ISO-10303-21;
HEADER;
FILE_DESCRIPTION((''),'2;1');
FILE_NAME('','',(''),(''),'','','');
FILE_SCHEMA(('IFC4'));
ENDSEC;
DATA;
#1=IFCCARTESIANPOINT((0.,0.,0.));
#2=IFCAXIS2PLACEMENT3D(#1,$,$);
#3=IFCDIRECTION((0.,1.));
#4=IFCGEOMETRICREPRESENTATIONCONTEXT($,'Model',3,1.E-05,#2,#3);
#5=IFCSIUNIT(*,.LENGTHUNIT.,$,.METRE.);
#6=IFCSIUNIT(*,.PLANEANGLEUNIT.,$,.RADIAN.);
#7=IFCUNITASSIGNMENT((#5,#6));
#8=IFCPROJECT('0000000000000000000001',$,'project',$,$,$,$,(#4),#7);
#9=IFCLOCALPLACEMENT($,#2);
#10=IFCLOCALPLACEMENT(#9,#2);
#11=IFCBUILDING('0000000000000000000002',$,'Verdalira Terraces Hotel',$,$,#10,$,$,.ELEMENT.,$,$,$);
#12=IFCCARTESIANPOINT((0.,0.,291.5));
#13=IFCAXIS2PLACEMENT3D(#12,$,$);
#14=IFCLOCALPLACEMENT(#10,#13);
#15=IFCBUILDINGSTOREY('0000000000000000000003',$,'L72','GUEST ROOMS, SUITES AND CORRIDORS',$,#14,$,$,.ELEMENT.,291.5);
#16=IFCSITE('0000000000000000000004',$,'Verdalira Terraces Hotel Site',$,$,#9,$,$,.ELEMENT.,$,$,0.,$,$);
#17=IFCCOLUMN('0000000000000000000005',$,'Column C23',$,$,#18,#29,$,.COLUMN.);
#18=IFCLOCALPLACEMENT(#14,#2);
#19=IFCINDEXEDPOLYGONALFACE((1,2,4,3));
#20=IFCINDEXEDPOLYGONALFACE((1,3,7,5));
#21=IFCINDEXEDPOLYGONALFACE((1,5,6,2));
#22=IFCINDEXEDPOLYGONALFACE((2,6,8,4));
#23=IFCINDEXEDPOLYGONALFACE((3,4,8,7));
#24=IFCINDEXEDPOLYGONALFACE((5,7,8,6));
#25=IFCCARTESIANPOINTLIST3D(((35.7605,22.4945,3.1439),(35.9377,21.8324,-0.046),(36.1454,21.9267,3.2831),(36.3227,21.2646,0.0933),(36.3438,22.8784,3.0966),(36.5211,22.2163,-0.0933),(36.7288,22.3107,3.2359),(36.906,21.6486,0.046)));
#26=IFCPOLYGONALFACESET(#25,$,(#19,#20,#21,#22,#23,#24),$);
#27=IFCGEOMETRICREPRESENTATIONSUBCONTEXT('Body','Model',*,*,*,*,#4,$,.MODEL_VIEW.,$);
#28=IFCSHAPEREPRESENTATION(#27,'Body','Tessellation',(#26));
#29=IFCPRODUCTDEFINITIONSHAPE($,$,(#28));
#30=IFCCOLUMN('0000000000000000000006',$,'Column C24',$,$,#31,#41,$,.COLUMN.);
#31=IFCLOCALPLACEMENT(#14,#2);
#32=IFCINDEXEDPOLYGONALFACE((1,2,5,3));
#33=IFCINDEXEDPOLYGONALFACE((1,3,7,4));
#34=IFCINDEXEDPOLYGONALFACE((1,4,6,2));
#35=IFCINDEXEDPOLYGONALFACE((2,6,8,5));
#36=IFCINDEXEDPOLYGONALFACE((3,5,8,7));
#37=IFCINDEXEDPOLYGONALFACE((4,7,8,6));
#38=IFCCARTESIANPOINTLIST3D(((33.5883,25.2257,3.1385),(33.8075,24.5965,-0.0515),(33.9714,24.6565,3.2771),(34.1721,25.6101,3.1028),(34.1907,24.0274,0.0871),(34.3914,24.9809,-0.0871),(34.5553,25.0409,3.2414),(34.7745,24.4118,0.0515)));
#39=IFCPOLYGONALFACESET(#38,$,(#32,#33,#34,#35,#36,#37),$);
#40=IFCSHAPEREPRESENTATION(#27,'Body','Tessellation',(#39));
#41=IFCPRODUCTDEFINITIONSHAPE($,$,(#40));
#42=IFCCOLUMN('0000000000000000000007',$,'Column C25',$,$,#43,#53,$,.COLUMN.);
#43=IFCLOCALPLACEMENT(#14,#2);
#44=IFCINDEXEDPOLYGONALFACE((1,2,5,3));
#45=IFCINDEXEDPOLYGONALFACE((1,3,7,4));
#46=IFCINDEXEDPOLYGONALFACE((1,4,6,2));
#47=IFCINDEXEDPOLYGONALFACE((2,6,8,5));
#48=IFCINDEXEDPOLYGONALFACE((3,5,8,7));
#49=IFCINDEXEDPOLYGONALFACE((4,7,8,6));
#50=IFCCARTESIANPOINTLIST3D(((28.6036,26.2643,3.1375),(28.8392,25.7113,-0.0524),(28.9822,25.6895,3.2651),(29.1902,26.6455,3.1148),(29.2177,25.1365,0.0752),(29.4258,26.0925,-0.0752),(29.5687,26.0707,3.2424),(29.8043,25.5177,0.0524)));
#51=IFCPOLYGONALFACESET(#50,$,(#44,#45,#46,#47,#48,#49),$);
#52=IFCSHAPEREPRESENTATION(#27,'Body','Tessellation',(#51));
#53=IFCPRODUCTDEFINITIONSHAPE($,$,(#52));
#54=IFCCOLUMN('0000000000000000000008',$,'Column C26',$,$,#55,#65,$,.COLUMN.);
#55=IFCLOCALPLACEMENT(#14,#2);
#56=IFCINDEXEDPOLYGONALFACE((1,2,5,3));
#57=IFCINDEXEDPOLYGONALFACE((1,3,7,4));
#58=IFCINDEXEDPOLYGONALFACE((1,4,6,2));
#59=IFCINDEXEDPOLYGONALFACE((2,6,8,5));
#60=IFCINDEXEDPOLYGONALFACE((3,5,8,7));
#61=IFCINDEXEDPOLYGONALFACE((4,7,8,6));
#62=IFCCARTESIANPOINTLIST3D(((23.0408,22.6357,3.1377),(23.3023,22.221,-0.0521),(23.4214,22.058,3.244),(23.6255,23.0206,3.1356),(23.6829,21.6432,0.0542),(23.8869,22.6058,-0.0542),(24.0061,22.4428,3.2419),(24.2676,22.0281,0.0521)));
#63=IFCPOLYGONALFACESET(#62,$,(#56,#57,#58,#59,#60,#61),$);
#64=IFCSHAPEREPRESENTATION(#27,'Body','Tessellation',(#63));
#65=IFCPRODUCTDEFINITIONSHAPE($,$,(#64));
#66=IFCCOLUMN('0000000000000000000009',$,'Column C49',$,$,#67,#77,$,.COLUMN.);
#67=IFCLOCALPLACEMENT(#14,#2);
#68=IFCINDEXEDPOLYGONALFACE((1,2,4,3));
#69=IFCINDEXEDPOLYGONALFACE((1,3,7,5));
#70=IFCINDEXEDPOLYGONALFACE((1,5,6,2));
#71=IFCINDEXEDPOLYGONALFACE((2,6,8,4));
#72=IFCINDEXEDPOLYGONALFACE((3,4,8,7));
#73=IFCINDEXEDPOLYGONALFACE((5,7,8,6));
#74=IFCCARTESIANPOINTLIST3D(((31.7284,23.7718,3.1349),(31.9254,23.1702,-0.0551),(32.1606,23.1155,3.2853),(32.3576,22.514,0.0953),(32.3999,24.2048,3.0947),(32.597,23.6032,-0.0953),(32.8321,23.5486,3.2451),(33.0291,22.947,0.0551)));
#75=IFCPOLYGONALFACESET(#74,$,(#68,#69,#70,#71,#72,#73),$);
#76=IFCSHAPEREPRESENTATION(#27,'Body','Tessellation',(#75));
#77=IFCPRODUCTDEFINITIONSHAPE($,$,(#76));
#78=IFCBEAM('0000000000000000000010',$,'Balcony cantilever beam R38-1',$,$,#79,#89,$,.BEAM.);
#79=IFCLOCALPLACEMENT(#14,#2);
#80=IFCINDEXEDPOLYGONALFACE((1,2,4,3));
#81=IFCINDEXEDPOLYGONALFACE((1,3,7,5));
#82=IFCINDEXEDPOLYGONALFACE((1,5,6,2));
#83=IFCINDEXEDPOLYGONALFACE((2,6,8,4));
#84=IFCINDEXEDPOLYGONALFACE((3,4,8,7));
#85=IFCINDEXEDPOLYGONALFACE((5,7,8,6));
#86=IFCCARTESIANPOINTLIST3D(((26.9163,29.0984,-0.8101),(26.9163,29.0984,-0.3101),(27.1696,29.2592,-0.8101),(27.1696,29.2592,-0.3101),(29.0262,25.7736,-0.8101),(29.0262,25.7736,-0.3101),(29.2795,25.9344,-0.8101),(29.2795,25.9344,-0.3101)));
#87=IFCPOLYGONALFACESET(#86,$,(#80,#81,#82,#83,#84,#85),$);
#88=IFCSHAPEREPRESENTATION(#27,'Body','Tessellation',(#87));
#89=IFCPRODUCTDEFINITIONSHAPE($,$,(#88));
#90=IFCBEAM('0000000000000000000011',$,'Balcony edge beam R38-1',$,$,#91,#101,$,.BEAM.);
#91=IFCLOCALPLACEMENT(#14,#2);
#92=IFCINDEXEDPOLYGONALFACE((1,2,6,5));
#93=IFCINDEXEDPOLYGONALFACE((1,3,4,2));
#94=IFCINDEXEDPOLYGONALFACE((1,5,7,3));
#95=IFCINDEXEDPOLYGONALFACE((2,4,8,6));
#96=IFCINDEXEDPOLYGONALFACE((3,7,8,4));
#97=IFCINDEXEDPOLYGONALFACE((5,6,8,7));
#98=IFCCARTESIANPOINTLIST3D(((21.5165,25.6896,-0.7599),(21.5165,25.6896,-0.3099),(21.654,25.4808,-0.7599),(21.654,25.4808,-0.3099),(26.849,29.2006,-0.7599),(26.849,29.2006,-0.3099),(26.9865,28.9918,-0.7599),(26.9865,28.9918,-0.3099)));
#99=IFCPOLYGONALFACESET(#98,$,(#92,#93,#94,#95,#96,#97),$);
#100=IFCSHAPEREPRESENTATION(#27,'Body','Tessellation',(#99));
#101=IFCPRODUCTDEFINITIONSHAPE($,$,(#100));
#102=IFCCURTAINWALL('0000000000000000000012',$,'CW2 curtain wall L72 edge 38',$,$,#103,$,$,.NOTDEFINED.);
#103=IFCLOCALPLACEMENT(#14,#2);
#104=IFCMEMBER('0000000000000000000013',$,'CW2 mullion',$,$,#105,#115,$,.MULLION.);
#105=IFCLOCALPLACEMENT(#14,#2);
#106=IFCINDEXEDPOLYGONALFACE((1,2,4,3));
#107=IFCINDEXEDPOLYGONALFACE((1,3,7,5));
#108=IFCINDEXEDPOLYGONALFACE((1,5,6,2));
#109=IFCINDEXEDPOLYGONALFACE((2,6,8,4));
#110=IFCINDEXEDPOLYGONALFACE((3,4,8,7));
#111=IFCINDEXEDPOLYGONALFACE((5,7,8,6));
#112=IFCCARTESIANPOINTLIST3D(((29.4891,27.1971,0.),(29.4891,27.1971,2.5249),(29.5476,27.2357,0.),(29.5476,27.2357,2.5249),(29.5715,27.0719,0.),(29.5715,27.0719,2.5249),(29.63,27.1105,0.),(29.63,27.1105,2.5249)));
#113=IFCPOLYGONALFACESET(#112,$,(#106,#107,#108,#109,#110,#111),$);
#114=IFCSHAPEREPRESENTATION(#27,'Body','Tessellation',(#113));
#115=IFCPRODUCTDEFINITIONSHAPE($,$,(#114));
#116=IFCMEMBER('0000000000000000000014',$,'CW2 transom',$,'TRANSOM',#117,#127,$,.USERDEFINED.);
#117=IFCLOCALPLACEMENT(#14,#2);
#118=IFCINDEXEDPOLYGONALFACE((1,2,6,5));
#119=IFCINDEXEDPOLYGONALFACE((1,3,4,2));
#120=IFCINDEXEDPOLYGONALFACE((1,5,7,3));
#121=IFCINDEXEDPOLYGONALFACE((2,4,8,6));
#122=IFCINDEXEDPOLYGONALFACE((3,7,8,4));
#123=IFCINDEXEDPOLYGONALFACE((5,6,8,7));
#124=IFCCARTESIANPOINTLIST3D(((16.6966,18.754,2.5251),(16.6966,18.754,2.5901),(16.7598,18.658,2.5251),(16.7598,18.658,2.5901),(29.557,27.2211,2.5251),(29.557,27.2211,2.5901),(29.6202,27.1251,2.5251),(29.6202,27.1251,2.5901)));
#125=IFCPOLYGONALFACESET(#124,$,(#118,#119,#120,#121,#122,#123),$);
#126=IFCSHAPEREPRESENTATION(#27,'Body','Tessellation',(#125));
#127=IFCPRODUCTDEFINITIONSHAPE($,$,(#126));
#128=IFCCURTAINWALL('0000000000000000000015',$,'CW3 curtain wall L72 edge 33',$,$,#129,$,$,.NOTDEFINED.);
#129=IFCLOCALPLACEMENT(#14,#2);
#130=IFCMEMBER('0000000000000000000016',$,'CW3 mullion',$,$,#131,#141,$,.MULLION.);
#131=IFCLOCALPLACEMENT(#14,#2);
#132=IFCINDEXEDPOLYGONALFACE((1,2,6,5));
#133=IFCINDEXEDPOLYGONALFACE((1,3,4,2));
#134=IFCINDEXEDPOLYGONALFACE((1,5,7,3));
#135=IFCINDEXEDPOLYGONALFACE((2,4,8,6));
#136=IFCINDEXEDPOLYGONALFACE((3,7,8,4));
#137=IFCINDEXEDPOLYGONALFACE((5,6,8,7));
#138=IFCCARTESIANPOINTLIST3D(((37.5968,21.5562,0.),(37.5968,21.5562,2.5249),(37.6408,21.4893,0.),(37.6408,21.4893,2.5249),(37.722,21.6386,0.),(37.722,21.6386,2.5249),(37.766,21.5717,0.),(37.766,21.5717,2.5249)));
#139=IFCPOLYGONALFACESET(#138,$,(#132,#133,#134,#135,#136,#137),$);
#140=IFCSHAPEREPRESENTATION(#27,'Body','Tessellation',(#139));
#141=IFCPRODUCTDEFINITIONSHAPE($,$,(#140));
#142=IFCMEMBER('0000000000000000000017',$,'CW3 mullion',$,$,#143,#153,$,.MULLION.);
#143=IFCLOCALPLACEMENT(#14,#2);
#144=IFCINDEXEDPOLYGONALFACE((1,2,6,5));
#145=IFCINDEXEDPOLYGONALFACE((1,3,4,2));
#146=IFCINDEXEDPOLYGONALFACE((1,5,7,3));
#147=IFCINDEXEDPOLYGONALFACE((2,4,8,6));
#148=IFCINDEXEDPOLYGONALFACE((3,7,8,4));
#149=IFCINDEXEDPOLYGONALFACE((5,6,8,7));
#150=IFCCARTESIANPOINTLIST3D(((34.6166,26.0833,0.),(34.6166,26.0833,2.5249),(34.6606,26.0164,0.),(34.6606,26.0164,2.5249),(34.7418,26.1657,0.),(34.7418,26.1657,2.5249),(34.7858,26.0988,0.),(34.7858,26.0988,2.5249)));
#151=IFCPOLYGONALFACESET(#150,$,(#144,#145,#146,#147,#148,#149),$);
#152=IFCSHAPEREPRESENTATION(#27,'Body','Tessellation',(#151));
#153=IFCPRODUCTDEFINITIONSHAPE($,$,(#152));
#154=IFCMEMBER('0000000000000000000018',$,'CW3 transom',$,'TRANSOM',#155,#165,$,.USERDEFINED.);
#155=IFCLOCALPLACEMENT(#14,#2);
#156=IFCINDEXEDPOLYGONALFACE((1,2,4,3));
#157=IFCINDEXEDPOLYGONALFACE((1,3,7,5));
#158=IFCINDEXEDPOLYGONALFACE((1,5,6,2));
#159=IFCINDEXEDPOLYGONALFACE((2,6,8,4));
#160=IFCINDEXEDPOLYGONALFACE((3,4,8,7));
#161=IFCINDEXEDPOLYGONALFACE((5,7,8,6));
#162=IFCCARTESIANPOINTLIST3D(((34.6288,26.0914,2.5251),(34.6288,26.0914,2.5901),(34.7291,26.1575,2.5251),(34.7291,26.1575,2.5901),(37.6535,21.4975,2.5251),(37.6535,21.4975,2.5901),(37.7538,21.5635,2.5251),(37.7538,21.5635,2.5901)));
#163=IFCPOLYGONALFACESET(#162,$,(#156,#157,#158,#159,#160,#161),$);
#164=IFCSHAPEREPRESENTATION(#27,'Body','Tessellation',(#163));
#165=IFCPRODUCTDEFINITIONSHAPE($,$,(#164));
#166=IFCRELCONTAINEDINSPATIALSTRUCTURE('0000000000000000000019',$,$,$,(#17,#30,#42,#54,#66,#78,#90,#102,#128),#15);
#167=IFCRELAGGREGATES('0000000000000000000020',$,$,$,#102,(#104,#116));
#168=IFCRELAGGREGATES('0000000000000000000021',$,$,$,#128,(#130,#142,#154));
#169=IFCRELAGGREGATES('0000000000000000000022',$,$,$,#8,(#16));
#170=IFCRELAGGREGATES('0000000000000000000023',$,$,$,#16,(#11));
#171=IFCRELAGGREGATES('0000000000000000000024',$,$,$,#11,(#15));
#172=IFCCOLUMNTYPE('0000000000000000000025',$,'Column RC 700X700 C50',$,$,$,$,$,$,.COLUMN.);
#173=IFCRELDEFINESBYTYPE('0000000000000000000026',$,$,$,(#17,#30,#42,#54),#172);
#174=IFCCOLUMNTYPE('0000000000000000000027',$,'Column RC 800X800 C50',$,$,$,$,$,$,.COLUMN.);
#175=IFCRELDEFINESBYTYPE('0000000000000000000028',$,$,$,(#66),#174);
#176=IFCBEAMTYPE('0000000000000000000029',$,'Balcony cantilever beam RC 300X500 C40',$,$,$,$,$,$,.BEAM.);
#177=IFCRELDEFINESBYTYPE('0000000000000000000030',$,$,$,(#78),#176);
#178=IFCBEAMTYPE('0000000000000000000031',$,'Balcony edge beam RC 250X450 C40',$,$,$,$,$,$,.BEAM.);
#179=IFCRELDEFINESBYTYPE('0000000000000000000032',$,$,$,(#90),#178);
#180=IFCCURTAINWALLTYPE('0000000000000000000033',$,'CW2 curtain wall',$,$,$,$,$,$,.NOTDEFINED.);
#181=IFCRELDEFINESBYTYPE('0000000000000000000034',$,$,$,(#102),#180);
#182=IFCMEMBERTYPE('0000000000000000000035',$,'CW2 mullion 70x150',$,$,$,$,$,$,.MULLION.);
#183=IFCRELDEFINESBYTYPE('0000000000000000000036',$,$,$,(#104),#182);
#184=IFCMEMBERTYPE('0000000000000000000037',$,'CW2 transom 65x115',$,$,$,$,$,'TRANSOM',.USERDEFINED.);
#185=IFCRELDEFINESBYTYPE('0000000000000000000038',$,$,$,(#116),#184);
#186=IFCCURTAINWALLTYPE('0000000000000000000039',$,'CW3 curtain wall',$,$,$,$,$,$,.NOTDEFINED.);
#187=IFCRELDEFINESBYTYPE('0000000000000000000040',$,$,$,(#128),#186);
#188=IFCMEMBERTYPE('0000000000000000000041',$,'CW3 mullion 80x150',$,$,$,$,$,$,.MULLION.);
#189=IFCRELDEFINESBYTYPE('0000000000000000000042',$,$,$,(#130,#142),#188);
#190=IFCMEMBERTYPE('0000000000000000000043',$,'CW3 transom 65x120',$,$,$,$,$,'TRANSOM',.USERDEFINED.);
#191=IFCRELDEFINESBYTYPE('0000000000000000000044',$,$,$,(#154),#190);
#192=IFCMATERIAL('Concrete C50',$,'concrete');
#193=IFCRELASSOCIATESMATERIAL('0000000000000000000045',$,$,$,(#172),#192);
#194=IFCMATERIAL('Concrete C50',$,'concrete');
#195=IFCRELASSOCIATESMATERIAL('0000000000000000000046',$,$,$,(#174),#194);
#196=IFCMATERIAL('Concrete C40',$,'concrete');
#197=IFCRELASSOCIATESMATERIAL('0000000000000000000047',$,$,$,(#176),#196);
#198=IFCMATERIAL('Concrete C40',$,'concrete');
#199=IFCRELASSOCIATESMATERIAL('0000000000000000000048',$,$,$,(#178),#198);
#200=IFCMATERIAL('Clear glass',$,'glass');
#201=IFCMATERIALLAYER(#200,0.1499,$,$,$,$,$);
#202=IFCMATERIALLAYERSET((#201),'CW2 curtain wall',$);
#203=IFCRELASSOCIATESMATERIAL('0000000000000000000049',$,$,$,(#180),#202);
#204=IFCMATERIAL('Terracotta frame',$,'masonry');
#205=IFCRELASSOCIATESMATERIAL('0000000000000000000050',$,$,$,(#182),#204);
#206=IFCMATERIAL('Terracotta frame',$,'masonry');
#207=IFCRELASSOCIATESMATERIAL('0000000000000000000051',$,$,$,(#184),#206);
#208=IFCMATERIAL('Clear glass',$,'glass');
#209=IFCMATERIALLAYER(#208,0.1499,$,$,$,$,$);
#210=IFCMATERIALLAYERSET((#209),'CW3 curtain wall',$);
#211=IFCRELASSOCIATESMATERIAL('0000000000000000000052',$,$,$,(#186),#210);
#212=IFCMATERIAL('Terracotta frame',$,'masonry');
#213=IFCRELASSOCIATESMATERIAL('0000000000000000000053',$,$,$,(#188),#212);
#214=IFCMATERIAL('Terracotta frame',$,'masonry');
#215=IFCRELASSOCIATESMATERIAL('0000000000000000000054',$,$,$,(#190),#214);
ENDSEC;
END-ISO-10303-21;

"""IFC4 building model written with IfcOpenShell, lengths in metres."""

from ifc_helpers import new_model, si_unit, direction, frame, origin, origin_2d, place, context, subcontext, project, spatial, rectangle, extrude, material, layer, layer_set, material_profile, profile_set, type_object, element, aggregate, save


model = new_model("IFC4")

# Units and contexts
model_context = context("Model", 3, precision=1e-05, world=origin(), true_north=direction((0.0, 1.0)))
body_context = subcontext(model_context, "Body", "Model", "MODEL_VIEW")
ifc_project = project(units=[si_unit("LENGTHUNIT", "METRE"), si_unit("PLANEANGLEUNIT", "RADIAN")], contexts=[model_context])

# Site, building, storey
site_placement = place(None, origin())
site = spatial("IfcSite", under=ifc_project, at=site_placement, Name="Verdalira Terraces Hotel Site", CompositionType="ELEMENT", RefElevation=0.0)
building_placement = place(site_placement, origin())
building = spatial("IfcBuilding", under=site, at=building_placement, Name="Verdalira Terraces Hotel", CompositionType="ELEMENT")
storey_placement = place(building_placement, frame((0.0, 0.0, 291.5)))
storey = spatial("IfcBuildingStorey", under=building, at=storey_placement, Name="L72", Description="GUEST ROOMS, SUITES AND CORRIDORS", CompositionType="ELEMENT", Elevation=291.5)

# Columns
ifc_material_1 = material(Name="Concrete C50", Category="concrete")
ifc_material_profile_1 = material_profile(ifc_material_1, rectangle(XDim=0.7, YDim=0.7, at=origin_2d()), Name="RC 700X700")
ifc_profile_set_1 = profile_set([ifc_material_profile_1], Name="Concrete C50")
column_type_1 = type_object("IfcColumnType", Name="Column RC 700X700 C50", PredefinedType="COLUMN", material=ifc_profile_set_1)
column_1_placement = place(storey_placement, frame((36.4219, 21.7405, 0.0), z_axis=(-0.054324, 0.20293, 0.977685), x_axis=(-0.549975, 0.811146, -0.198922)))
element("IfcColumn", 1, at=column_1_placement, inside=storey, type_object=column_type_1, Name="Column C23", PredefinedType="COLUMN", context=body_context, shape_type="SweptSolid", body=[
    extrude(rectangle(XDim=0.7, YDim=0.7, at=origin_2d()), origin(), (0.0, 0.0, 1.0), 3.2627),
])
column_2_placement = place(storey_placement, frame((34.291, 24.5041, 0.0), z_axis=(-0.067276, 0.193063, 0.978877), x_axis=(-0.547395, 0.813116, -0.197992)))
element("IfcColumn", 2, at=column_2_placement, inside=storey, type_object=column_type_1, Name="Column C24", PredefinedType="COLUMN", context=body_context, shape_type="SweptSolid", body=[
    extrude(rectangle(XDim=0.7, YDim=0.7, at=origin_2d()), origin(), (0.0, 0.0, 1.0), 3.2588),
])
column_3_placement = place(storey_placement, frame((29.3218, 25.6145, 0.0), z_axis=(-0.072579, 0.170353, 0.982707), x_axis=(-0.838025, -0.544662, 0.032524)))
element("IfcColumn", 3, at=column_3_placement, inside=storey, type_object=column_type_1, Name="Column C25", PredefinedType="COLUMN", context=body_context, shape_type="SweptSolid", body=[
    extrude(rectangle(XDim=0.7, YDim=0.7, at=origin_2d()), origin(), (0.0, 0.0, 1.0), 3.2461),
])
column_4_placement = place(storey_placement, frame((23.7849, 22.1245, 0.0), z_axis=(-0.081017, 0.128523, 0.988392), x_axis=(-0.835309, -0.549773, 0.003019)))
element("IfcColumn", 4, at=column_4_placement, inside=storey, type_object=column_type_1, Name="Column C26", PredefinedType="COLUMN", context=body_context, shape_type="SweptSolid", body=[
    extrude(rectangle(XDim=0.7, YDim=0.7, at=origin_2d()), origin(), (0.0, 0.0, 1.0), 3.2273),
])
ifc_material_2 = material(Name="Concrete C50", Category="concrete")
ifc_material_profile_2 = material_profile(ifc_material_2, rectangle(XDim=0.8, YDim=0.8, at=origin_2d()), Name="RC 800X800")
ifc_profile_set_2 = profile_set([ifc_material_profile_2], Name="Concrete C50")
column_type_2 = type_object("IfcColumnType", Name="Column RC 800X800 C50", PredefinedType="COLUMN", material=ifc_profile_set_2)
column_5_placement = place(storey_placement, frame((32.4773, 23.0586, 0.0), z_axis=(-0.060582, 0.184974, 0.980874), x_axis=(0.839358, 0.541253, -0.050229)))
element("IfcColumn", 5, at=column_5_placement, inside=storey, type_object=column_type_2, Name="Column C49", PredefinedType="COLUMN", context=body_context, shape_type="SweptSolid", body=[
    extrude(rectangle(XDim=0.8, YDim=0.8, at=origin_2d()), origin(), (0.0, 0.0, 1.0), 3.2522),
])

# Beams
ifc_material_3 = material(Name="Concrete C40", Category="concrete")
ifc_material_profile_3 = material_profile(ifc_material_3, rectangle(XDim=0.3, YDim=0.5, at=origin_2d()), Name="RC 300X500")
ifc_profile_set_3 = profile_set([ifc_material_profile_3], Name="Concrete C40")
beam_type_1 = type_object("IfcBeamType", Name="Balcony cantilever beam RC 300X500 C40", PredefinedType="BEAM", material=ifc_profile_set_3)
beam_1_placement = place(storey_placement, frame((29.1528, 25.854, -0.5601), z_axis=(-0.535816, 0.844335, 0.0), x_axis=(-0.844335, -0.535816, 0.0)))
element("IfcBeam", 6, at=beam_1_placement, inside=storey, type_object=beam_type_1, Name="Balcony cantilever beam R38-1", PredefinedType="BEAM", context=body_context, shape_type="SweptSolid", body=[
    extrude(rectangle(XDim=0.3, YDim=0.5, at=origin_2d()), origin(), (0.0, 0.0, 1.0), 3.9377),
])
ifc_material_4 = material(Name="Concrete C40", Category="concrete")
ifc_material_profile_4 = material_profile(ifc_material_4, rectangle(XDim=0.25, YDim=0.45, at=origin_2d()), Name="RC 250X450")
ifc_profile_set_4 = profile_set([ifc_material_profile_4], Name="Concrete C40")
beam_type_2 = type_object("IfcBeamType", Name="Balcony edge beam RC 250X450 C40", PredefinedType="BEAM", material=ifc_profile_set_4)
beam_2_placement = place(storey_placement, frame((26.9177, 29.0962, -0.5349), z_axis=(-0.835219, -0.549917, 0.0), x_axis=(0.549917, -0.835219, 0.0)))
element("IfcBeam", 7, at=beam_2_placement, inside=storey, type_object=beam_type_2, Name="Balcony edge beam R38-1", PredefinedType="BEAM", context=body_context, shape_type="SweptSolid", body=[
    extrude(rectangle(XDim=0.25, YDim=0.45, at=origin_2d()), origin(), (0.0, 0.0, 1.0), 6.3845),
])

# Curtain walls, members
ifc_material_5 = material(Name="Clear glass", Category="glass")
ifc_layer_1 = layer(ifc_material_5, 0.1499)
ifc_layer_set_1 = layer_set([ifc_layer_1], Name="CW2 curtain wall")
curtain_wall_type_1 = type_object("IfcCurtainWallType", Name="CW2 curtain wall", PredefinedType="NOTDEFINED", material=ifc_layer_set_1)
curtain_wall_1_placement = place(storey_placement, origin())
curtain_wall_1 = element("IfcCurtainWall", 8, at=curtain_wall_1_placement, inside=storey, type_object=curtain_wall_type_1, Name="CW2 curtain wall L72 edge 38", PredefinedType="NOTDEFINED")
ifc_material_6 = material(Name="Terracotta frame", Category="masonry")
ifc_material_profile_5 = material_profile(ifc_material_6, rectangle(XDim=0.0701, YDim=0.1499, at=origin_2d()), Name="MU 70x150")
ifc_profile_set_5 = profile_set([ifc_material_profile_5], Name="Terracotta frame")
member_type_1 = type_object("IfcMemberType", Name="CW2 mullion 70x150", PredefinedType="MULLION", material=ifc_profile_set_5)
member_1_placement = place(storey_placement, frame((29.5596, 27.1538, 0.0), z_axis=(0.0, 0.0, 1.0), x_axis=(-0.835232, -0.549898, 0.0)))
member_1 = element("IfcMember", 9, at=member_1_placement, type_object=member_type_1, Name="CW2 mullion", PredefinedType="MULLION", context=body_context, shape_type="SweptSolid", body=[
    extrude(rectangle(XDim=0.0701, YDim=0.1499, at=origin_2d()), origin(), (0.0, 0.0, 1.0), 2.5249),
])
ifc_material_7 = material(Name="Terracotta frame", Category="masonry")
ifc_material_profile_6 = material_profile(ifc_material_7, rectangle(XDim=0.115, YDim=0.0649, at=origin_2d()), Name="TR 65x115")
ifc_profile_set_6 = profile_set([ifc_material_profile_6], Name="Terracotta frame")
member_type_2 = type_object("IfcMemberType", Name="CW2 transom 65x115", ElementType="TRANSOM", PredefinedType="USERDEFINED", material=ifc_profile_set_6)
member_2_placement = place(storey_placement, frame((29.5886, 27.1731, 2.5576), z_axis=(-0.83523, -0.549901, 0.0), x_axis=(0.549901, -0.83523, 0.0)))
member_2 = element("IfcMember", 10, at=member_2_placement, type_object=member_type_2, Name="CW2 transom", ObjectType="TRANSOM", PredefinedType="USERDEFINED", context=body_context, shape_type="SweptSolid", body=[
    extrude(rectangle(XDim=0.115, YDim=0.0649, at=origin_2d()), origin(), (0.0, 0.0, 1.0), 15.3975),
])
ifc_material_8 = material(Name="Clear glass", Category="glass")
ifc_layer_2 = layer(ifc_material_8, 0.1499)
ifc_layer_set_2 = layer_set([ifc_layer_2], Name="CW3 curtain wall")
curtain_wall_type_2 = type_object("IfcCurtainWallType", Name="CW3 curtain wall", PredefinedType="NOTDEFINED", material=ifc_layer_set_2)
curtain_wall_2_placement = place(storey_placement, origin())
curtain_wall_2 = element("IfcCurtainWall", 11, at=curtain_wall_2_placement, inside=storey, type_object=curtain_wall_type_2, Name="CW3 curtain wall L72 edge 33", PredefinedType="NOTDEFINED")
ifc_material_9 = material(Name="Terracotta frame", Category="masonry")
ifc_material_profile_7 = material_profile(ifc_material_9, rectangle(XDim=0.0801, YDim=0.1499, at=origin_2d()), Name="MU 80x150")
ifc_profile_set_7 = profile_set([ifc_material_profile_7], Name="Terracotta frame")
member_type_3 = type_object("IfcMemberType", Name="CW3 mullion 80x150", PredefinedType="MULLION", material=ifc_profile_set_7)
member_3_placement = place(storey_placement, frame((37.6814, 21.564, 0.0), z_axis=(0.0, 0.0, 1.0), x_axis=(-0.549898, 0.835232, 0.0)))
member_3 = element("IfcMember", 12, at=member_3_placement, type_object=member_type_3, Name="CW3 mullion", PredefinedType="MULLION", context=body_context, shape_type="SweptSolid", body=[
    extrude(rectangle(XDim=0.0801, YDim=0.1499, at=origin_2d()), origin(), (0.0, 0.0, 1.0), 2.5249),
])
member_4_placement = place(storey_placement, frame((34.7012, 26.0911, 0.0), z_axis=(0.0, 0.0, 1.0), x_axis=(-0.549898, 0.835232, 0.0)))
member_4 = element("IfcMember", 13, at=member_4_placement, type_object=member_type_3, Name="CW3 mullion", PredefinedType="MULLION", context=body_context, shape_type="SweptSolid", body=[
    extrude(rectangle(XDim=0.0801, YDim=0.1499, at=origin_2d()), origin(), (0.0, 0.0, 1.0), 2.5249),
])
ifc_material_10 = material(Name="Terracotta frame", Category="masonry")
ifc_material_profile_8 = material_profile(ifc_material_10, rectangle(XDim=0.1201, YDim=0.0649, at=origin_2d()), Name="TR 65x120")
ifc_profile_set_8 = profile_set([ifc_material_profile_8], Name="Terracotta frame")
member_type_4 = type_object("IfcMemberType", Name="CW3 transom 65x120", ElementType="TRANSOM", PredefinedType="USERDEFINED", material=ifc_profile_set_8)
member_5_placement = place(storey_placement, frame((37.7036, 21.5305, 2.5576), z_axis=(-0.549908, 0.835226, 0.0), x_axis=(-0.835226, -0.549908, 0.0)))
member_5 = element("IfcMember", 14, at=member_5_placement, type_object=member_type_4, Name="CW3 transom", ObjectType="TRANSOM", PredefinedType="USERDEFINED", context=body_context, shape_type="SweptSolid", body=[
    extrude(rectangle(XDim=0.1201, YDim=0.0649, at=origin_2d()), origin(), (0.0, 0.0, 1.0), 5.5002),
])

aggregate(curtain_wall_1, [member_1, member_2])

aggregate(curtain_wall_2, [member_3, member_4, member_5])

save(model, "model.ifc")
